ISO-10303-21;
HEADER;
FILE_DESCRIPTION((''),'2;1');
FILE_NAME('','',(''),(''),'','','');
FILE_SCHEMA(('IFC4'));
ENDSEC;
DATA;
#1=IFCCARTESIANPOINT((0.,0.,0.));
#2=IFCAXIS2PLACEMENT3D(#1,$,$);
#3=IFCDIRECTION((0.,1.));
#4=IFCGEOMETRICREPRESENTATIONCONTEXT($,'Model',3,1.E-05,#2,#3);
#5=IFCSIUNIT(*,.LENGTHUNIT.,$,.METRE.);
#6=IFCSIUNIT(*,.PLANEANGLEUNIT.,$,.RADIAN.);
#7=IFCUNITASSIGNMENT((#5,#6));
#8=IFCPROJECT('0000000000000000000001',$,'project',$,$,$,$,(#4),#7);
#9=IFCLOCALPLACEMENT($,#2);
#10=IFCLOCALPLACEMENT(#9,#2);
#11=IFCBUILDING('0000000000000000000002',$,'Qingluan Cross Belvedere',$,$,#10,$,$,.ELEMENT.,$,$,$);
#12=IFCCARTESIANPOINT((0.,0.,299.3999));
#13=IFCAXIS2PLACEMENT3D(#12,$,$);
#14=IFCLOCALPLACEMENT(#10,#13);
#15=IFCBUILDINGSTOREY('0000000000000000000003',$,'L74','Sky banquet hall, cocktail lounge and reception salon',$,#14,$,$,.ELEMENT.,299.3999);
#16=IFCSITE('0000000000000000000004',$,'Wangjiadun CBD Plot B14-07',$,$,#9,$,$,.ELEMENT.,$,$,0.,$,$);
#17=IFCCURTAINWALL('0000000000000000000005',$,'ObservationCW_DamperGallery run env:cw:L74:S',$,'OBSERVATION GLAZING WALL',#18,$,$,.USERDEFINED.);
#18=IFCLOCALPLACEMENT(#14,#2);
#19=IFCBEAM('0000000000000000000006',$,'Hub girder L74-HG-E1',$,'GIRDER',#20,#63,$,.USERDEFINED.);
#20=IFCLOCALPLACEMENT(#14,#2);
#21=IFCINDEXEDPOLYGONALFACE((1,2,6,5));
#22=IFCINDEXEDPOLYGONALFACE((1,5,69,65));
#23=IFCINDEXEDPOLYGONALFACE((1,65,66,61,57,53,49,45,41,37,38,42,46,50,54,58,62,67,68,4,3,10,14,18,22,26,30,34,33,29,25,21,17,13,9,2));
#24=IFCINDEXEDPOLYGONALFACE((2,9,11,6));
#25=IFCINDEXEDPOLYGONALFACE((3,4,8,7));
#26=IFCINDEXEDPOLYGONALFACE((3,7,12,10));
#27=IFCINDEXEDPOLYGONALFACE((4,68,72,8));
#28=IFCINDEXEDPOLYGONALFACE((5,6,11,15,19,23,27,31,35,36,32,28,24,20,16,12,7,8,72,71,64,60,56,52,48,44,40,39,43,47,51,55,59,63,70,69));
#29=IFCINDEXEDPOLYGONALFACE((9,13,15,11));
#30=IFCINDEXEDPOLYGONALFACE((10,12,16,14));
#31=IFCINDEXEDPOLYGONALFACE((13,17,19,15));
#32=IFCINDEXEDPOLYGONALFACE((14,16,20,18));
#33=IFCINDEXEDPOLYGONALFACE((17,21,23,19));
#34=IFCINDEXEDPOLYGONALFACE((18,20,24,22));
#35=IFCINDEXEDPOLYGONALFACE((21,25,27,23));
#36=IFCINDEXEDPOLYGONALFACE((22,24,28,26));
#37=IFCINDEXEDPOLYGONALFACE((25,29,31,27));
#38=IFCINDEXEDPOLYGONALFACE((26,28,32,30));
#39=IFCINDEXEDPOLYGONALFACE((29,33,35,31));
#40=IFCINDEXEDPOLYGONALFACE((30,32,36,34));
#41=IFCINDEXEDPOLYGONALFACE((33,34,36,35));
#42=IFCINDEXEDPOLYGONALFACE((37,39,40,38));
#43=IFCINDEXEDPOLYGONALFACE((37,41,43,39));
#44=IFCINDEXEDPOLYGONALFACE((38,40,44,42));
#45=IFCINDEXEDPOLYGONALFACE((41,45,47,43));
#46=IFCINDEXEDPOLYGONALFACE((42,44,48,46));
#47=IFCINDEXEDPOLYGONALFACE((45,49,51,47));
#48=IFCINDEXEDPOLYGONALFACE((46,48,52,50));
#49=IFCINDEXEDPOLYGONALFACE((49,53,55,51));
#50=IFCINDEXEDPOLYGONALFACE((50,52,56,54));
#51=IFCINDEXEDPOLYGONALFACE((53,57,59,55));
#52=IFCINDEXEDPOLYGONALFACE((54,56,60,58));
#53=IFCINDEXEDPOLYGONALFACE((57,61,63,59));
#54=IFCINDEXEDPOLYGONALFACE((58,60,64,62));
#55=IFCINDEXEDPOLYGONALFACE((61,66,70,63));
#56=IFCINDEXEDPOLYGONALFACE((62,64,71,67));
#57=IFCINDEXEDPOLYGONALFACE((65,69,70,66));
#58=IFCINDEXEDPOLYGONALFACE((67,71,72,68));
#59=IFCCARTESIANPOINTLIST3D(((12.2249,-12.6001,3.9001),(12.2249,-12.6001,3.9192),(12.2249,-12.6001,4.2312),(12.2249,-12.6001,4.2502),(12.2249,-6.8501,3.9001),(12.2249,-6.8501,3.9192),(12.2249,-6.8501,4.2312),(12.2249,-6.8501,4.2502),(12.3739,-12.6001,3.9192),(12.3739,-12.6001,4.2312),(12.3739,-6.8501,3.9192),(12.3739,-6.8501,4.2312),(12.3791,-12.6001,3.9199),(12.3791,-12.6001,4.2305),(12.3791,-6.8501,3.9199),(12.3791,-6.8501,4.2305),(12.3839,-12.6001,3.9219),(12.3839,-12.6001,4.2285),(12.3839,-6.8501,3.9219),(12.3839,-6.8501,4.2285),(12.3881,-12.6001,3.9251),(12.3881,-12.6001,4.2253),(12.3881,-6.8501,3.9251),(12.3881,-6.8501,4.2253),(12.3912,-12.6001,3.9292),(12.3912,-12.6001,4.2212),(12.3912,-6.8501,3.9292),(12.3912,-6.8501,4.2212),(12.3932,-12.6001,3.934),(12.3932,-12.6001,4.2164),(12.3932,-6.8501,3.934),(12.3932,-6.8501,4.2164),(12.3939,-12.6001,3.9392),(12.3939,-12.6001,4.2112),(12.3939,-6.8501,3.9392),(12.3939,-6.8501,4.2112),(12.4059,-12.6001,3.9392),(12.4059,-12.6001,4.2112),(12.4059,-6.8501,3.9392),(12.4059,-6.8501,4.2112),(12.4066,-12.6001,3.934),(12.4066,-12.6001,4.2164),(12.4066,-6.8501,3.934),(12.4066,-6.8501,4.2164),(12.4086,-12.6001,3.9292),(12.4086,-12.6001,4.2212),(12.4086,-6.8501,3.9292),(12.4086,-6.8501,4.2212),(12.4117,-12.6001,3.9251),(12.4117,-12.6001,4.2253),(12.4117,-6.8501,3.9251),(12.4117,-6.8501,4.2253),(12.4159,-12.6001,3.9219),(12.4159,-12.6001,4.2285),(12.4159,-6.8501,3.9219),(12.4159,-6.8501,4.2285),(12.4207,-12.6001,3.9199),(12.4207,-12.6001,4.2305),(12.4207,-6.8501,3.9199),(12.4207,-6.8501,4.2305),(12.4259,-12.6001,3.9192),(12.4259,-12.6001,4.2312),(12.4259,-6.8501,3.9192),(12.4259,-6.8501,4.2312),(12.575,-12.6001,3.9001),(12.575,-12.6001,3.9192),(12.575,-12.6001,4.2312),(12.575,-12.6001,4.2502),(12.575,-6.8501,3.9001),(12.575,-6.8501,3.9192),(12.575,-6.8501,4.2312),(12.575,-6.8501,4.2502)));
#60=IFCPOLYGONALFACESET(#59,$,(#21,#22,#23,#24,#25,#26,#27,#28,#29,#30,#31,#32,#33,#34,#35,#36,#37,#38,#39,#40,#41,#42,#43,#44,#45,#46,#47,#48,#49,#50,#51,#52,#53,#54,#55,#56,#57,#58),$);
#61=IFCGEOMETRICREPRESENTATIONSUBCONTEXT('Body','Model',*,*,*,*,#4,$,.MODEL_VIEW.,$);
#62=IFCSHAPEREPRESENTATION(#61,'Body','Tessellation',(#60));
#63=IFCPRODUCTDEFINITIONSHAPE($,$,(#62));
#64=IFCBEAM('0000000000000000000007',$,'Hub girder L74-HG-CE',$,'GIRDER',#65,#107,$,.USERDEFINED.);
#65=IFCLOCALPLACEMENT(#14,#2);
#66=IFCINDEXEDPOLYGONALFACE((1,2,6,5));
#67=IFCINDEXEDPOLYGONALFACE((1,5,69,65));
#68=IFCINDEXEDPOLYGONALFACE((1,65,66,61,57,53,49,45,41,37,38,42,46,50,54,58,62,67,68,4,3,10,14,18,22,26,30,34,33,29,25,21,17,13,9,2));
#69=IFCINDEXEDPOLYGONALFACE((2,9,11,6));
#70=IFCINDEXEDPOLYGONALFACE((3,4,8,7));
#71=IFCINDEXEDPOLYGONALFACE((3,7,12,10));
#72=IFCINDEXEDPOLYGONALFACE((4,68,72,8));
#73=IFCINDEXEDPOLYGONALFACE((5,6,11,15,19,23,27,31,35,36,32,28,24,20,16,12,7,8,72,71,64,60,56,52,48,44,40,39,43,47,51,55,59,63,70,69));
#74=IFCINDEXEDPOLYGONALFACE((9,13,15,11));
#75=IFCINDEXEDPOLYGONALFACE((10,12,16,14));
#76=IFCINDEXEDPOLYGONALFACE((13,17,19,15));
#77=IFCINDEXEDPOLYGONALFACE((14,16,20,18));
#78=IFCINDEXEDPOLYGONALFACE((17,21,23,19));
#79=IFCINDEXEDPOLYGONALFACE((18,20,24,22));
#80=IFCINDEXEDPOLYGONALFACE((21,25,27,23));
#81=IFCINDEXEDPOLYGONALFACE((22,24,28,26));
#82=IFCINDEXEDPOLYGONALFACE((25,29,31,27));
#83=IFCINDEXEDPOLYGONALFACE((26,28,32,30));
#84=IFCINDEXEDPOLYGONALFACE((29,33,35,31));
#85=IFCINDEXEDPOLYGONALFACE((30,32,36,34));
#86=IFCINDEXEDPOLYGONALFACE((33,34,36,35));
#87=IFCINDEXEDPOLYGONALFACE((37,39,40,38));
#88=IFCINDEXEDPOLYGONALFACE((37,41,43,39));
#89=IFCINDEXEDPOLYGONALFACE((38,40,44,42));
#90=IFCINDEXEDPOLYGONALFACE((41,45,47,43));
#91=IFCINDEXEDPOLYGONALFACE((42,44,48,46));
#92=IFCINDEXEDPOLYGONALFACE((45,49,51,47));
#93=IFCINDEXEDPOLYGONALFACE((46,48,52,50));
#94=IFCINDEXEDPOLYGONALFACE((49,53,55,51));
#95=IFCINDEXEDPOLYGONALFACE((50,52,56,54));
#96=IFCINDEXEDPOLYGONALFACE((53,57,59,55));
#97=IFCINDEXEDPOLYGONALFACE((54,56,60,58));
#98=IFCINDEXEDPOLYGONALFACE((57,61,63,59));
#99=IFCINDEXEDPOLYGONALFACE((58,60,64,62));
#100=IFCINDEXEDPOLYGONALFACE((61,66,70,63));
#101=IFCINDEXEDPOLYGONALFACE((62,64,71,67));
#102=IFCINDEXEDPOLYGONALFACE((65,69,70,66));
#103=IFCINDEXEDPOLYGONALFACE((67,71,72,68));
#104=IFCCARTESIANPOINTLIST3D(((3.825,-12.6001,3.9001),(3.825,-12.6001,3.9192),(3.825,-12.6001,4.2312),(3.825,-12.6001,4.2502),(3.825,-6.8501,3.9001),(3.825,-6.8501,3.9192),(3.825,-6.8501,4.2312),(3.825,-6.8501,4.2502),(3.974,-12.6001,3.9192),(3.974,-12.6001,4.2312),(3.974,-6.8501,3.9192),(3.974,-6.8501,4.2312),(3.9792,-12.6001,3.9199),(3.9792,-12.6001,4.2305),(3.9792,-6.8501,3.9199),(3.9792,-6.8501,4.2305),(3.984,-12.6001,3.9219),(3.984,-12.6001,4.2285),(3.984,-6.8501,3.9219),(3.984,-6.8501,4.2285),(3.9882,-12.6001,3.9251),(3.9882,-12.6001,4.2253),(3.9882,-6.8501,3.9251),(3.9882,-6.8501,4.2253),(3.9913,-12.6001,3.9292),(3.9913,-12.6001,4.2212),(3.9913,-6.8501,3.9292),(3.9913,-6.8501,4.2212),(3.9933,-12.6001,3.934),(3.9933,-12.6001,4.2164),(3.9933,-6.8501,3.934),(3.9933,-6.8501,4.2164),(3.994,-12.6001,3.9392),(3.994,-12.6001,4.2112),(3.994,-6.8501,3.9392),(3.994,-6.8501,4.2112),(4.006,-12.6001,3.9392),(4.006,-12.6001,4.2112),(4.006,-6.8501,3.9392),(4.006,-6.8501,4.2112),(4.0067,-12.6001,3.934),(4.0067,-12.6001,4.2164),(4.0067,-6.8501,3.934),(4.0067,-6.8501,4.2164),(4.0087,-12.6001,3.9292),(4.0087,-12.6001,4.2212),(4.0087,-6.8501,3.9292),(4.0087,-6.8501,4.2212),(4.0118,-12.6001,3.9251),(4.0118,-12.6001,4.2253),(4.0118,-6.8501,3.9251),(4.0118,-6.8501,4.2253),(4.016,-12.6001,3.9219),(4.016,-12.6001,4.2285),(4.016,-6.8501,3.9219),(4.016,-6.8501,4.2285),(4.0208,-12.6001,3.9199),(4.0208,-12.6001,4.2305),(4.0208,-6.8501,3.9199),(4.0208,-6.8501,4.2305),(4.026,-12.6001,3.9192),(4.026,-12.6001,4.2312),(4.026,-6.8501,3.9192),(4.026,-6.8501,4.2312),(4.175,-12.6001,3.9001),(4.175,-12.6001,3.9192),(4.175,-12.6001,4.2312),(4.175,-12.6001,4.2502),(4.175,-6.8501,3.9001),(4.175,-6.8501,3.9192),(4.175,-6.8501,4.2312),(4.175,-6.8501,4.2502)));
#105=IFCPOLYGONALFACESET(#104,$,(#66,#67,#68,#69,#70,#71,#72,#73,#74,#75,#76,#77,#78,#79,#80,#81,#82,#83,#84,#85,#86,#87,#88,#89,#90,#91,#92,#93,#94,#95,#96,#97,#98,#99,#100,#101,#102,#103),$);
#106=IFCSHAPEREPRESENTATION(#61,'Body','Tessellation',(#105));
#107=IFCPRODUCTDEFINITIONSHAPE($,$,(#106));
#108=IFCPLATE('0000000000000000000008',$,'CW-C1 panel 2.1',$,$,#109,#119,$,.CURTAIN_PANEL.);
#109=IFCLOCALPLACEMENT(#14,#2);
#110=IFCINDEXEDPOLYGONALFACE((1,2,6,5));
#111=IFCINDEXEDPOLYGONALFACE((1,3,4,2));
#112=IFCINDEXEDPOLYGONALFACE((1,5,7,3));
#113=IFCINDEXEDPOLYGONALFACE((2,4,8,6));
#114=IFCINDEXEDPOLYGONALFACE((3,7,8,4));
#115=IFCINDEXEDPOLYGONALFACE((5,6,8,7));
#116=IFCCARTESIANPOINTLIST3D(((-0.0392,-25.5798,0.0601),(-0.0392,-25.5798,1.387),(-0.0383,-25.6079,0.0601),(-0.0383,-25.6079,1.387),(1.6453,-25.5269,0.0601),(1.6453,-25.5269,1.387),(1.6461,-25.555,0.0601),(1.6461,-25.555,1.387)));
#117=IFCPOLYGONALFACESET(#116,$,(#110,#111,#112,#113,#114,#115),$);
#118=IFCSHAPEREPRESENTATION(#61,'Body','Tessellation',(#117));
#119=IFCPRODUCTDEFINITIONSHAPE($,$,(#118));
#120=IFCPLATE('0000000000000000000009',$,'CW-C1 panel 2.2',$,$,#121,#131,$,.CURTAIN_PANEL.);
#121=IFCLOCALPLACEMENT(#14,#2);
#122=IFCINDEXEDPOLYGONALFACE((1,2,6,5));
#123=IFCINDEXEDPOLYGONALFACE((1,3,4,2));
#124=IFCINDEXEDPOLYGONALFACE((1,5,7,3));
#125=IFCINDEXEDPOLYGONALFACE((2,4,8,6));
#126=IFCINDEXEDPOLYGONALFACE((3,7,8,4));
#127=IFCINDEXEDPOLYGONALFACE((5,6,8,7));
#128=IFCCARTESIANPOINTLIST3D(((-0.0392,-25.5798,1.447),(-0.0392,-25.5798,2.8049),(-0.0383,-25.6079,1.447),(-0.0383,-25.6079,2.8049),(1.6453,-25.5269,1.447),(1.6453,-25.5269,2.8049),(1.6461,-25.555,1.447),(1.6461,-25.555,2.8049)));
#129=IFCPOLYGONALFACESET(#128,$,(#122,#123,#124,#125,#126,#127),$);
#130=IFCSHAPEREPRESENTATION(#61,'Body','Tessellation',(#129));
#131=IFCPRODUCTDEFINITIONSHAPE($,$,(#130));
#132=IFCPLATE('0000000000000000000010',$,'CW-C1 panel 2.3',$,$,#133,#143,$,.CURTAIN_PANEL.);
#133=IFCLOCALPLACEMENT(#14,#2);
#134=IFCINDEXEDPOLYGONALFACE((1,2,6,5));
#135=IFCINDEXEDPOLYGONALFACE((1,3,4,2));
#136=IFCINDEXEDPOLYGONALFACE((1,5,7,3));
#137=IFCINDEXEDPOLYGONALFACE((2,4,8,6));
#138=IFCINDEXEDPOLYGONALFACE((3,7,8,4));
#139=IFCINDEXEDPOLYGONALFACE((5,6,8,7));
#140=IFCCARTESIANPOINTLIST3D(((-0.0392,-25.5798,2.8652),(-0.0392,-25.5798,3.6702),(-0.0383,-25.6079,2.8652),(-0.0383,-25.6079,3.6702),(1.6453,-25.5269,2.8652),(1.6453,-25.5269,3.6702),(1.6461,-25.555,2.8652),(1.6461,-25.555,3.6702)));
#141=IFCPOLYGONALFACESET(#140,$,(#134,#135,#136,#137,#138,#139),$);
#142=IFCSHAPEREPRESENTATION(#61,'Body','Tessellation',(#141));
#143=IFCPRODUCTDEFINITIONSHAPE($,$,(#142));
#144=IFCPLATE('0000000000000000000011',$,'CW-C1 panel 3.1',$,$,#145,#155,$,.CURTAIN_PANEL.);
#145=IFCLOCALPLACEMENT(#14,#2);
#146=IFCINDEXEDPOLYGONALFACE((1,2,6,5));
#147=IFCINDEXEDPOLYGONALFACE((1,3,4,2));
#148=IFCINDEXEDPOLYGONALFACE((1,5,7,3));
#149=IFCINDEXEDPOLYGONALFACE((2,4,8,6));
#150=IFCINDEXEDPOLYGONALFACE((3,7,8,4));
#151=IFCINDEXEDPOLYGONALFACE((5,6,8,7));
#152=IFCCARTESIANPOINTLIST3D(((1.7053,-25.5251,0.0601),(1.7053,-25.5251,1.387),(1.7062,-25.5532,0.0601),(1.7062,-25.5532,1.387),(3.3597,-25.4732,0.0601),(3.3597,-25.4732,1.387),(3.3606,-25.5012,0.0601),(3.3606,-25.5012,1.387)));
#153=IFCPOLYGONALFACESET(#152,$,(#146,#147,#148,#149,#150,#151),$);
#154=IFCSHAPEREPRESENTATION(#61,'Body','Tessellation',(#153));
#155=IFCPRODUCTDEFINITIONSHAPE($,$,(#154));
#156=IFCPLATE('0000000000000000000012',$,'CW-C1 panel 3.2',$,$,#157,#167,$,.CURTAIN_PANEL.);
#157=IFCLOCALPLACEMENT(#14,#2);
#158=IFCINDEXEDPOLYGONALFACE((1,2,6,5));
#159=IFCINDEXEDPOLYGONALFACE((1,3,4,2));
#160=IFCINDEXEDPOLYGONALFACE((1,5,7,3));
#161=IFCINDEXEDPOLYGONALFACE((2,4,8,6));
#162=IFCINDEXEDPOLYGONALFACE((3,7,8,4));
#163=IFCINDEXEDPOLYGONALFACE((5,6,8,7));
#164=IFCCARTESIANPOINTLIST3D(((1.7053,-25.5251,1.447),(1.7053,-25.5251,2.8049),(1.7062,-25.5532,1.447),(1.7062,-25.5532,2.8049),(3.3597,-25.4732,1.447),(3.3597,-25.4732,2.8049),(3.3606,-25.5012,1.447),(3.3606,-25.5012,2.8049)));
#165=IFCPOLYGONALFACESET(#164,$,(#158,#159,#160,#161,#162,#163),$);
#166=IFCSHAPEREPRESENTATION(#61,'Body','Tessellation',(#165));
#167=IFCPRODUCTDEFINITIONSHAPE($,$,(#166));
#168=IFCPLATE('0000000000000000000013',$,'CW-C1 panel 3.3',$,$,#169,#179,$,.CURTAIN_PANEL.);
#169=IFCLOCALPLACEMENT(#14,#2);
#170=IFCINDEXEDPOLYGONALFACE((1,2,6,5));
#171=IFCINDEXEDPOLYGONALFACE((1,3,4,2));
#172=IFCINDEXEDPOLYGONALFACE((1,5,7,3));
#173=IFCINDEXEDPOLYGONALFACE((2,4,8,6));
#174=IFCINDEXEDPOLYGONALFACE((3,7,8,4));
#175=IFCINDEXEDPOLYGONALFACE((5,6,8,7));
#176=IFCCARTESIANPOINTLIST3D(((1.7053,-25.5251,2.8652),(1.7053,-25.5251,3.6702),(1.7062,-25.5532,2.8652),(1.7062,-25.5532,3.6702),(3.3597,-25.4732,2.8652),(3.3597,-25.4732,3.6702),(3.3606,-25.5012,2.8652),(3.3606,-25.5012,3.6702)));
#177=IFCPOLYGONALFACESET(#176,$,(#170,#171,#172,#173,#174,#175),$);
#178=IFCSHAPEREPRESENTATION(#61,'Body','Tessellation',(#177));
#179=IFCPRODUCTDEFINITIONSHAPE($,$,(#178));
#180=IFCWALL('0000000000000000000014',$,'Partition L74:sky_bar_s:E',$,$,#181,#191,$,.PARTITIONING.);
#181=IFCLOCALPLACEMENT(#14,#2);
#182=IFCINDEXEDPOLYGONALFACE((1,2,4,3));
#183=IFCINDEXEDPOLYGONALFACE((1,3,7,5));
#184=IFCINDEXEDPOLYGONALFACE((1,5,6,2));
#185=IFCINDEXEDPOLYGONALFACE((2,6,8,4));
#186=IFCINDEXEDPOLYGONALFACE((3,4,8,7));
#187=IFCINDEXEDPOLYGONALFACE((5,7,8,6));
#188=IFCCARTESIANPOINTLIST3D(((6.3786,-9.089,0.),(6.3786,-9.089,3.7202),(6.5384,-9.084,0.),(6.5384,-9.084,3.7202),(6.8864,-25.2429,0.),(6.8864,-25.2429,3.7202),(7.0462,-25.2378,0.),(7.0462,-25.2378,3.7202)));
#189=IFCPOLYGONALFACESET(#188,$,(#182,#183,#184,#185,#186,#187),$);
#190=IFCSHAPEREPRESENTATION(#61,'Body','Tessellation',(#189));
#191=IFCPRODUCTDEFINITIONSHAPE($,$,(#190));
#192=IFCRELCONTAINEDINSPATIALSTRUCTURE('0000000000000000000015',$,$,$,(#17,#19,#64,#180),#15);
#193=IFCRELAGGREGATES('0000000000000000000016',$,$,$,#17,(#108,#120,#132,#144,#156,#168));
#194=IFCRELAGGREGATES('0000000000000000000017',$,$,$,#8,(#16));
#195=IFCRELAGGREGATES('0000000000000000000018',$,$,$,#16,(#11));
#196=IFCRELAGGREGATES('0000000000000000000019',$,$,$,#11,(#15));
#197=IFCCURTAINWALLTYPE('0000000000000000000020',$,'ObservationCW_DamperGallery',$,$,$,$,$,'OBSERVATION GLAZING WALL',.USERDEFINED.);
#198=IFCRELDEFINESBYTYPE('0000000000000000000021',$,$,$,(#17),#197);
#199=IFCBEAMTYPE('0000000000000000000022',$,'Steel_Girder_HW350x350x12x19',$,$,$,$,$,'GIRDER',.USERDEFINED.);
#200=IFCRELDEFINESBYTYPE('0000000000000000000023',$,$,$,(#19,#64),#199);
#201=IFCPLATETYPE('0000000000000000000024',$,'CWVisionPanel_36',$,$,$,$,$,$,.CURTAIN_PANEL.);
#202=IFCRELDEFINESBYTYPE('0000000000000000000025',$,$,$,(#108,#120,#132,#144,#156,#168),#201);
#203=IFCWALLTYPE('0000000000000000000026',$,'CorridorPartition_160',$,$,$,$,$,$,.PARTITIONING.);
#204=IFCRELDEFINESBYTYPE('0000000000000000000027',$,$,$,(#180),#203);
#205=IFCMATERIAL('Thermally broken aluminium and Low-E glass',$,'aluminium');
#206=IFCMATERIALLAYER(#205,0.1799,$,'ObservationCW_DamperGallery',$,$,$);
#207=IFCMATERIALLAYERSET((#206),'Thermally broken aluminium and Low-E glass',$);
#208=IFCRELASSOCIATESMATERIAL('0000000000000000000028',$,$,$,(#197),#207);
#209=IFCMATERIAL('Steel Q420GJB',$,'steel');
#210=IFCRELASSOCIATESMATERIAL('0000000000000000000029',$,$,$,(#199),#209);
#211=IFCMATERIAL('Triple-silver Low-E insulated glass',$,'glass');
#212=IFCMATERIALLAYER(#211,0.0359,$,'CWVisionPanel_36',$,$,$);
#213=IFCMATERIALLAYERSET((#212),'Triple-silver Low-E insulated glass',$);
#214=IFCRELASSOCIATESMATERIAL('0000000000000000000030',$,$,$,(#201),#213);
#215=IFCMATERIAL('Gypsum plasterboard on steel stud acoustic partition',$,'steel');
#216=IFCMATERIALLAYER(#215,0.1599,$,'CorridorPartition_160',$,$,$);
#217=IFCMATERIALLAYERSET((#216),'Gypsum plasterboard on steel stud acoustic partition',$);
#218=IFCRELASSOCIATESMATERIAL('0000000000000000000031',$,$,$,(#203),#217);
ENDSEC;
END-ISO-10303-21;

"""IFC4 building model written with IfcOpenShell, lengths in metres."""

from ifc_helpers import new_model, si_unit, direction, frame, frame_2d, origin, origin_2d, place, context, subcontext, project, spatial, rectangle, i_section, extrude, material, layer, layer_set, material_profile, profile_set, type_object, element, aggregate, save


model = new_model("IFC4")

# Units and contexts
model_context = context("Model", 3, precision=1e-05, world=origin(), true_north=direction((0.0, 1.0)))
body_context = subcontext(model_context, "Body", "Model", "MODEL_VIEW")
ifc_project = project(units=[si_unit("LENGTHUNIT", "METRE"), si_unit("PLANEANGLEUNIT", "RADIAN")], contexts=[model_context])

# Site, building, storey
site_placement = place(None, origin())
site = spatial("IfcSite", under=ifc_project, at=site_placement, Name="Wangjiadun CBD Plot B14-07", CompositionType="ELEMENT", RefElevation=0.0)
building_placement = place(site_placement, origin())
building = spatial("IfcBuilding", under=site, at=building_placement, Name="Qingluan Cross Belvedere", CompositionType="ELEMENT")
storey_placement = place(building_placement, frame((0.0, 0.0, 299.3999)))
storey = spatial("IfcBuildingStorey", under=building, at=storey_placement, Name="L74", Description="Sky banquet hall, cocktail lounge and reception salon", CompositionType="ELEMENT", Elevation=299.3999)

# Curtain wall
ifc_material_1 = material(Name="Thermally broken aluminium and Low-E glass", Category="aluminium")
ifc_layer_1 = layer(ifc_material_1, 0.1799, Name="ObservationCW_DamperGallery")
ifc_layer_set_1 = layer_set([ifc_layer_1], Name="Thermally broken aluminium and Low-E glass")
curtain_wall_type = type_object("IfcCurtainWallType", Name="ObservationCW_DamperGallery", ElementType="OBSERVATION GLAZING WALL", PredefinedType="USERDEFINED", material=ifc_layer_set_1)
curtain_wall_placement = place(storey_placement, origin())
curtain_wall = element("IfcCurtainWall", 1, at=curtain_wall_placement, inside=storey, type_object=curtain_wall_type, Name="ObservationCW_DamperGallery run env:cw:L74:S", ObjectType="OBSERVATION GLAZING WALL", PredefinedType="USERDEFINED")

# Beams
ifc_material_2 = material(Name="Steel Q420GJB", Category="steel")
ifc_material_profile_1 = material_profile(ifc_material_2, i_section(OverallWidth=0.3501, OverallDepth=0.3501, WebThickness=0.012, FlangeThickness=0.019, FilletRadius=0.02, at=origin_2d()), Name="HW350x350x12x19")
ifc_profile_set_1 = profile_set([ifc_material_profile_1], Name="Steel Q420GJB")
beam_type = type_object("IfcBeamType", Name="Steel_Girder_HW350x350x12x19", ElementType="GIRDER", PredefinedType="USERDEFINED", material=ifc_profile_set_1)
for number, where, z_axis, x_axis, name in (
    (2, (12.3999, -12.6001, 4.0752), (0.0, 1.0, 0.0), (-1.0, 0.0, 0.0), "Hub girder L74-HG-E1"),
    (3, (4.0, -12.6001, 4.0752), (0.0, 1.0, 0.0), (-1.0, 0.0, 0.0), "Hub girder L74-HG-CE"),
):
    element("IfcBeam", number, at=place(storey_placement, frame(where, z_axis=z_axis, x_axis=x_axis)), inside=storey, type_object=beam_type, Name=name, ObjectType="GIRDER", PredefinedType="USERDEFINED", context=body_context, shape_type="SweptSolid", body=[
        extrude(i_section(OverallWidth=0.3501, OverallDepth=0.3501, WebThickness=0.012, FlangeThickness=0.019, FilletRadius=0.02, at=origin_2d()), origin(), (0.0, 0.0, 1.0), 5.75),
    ])

# Plates
ifc_material_3 = material(Name="Triple-silver Low-E insulated glass", Category="glass")
ifc_layer_2 = layer(ifc_material_3, 0.0359, Name="CWVisionPanel_36")
ifc_layer_set_2 = layer_set([ifc_layer_2], Name="Triple-silver Low-E insulated glass")
plate_type = type_object("IfcPlateType", Name="CWVisionPanel_36", PredefinedType="CURTAIN_PANEL", material=ifc_layer_set_2)
plate_1_placement = place(storey_placement, frame((0.8035, -25.5674, 0.0601), z_axis=(0.0, 0.0, 1.0), x_axis=(0.999507, 0.031398, 0.0)))
plate_1 = element("IfcPlate", 4, at=plate_1_placement, type_object=plate_type, Name="CW-C1 panel 2.1", PredefinedType="CURTAIN_PANEL", context=body_context, shape_type="SweptSolid", body=[
    extrude(rectangle(XDim=1.6853, YDim=0.0281, at=origin_2d()), origin(), (0.0, 0.0, 1.0), 1.3269),
])
plate_2_placement = place(storey_placement, frame((0.8035, -25.5674, 1.447), z_axis=(0.0, 0.0, 1.0), x_axis=(0.999507, 0.031398, 0.0)))
plate_2 = element("IfcPlate", 5, at=plate_2_placement, type_object=plate_type, Name="CW-C1 panel 2.2", PredefinedType="CURTAIN_PANEL", context=body_context, shape_type="SweptSolid", body=[
    extrude(rectangle(XDim=1.6853, YDim=0.0281, at=origin_2d()), origin(), (0.0, 0.0, 1.0), 1.3579),
])
plate_3_placement = place(storey_placement, frame((0.8035, -25.5674, 2.8652), z_axis=(0.0, 0.0, 1.0), x_axis=(0.999507, 0.031398, 0.0)))
plate_3 = element("IfcPlate", 6, at=plate_3_placement, type_object=plate_type, Name="CW-C1 panel 2.3", PredefinedType="CURTAIN_PANEL", context=body_context, shape_type="SweptSolid", body=[
    extrude(rectangle(XDim=1.6853, YDim=0.0281, at=origin_2d()), origin(), (0.0, 0.0, 1.0), 0.8049),
])
plate_4_placement = place(storey_placement, frame((2.533, -25.5132, 0.0601), z_axis=(0.0, 0.0, 1.0), x_axis=(0.999507, 0.031398, 0.0)))
plate_4 = element("IfcPlate", 7, at=plate_4_placement, type_object=plate_type, Name="CW-C1 panel 3.1", PredefinedType="CURTAIN_PANEL", context=body_context, shape_type="SweptSolid", body=[
    extrude(rectangle(XDim=1.6553, YDim=0.0281, at=origin_2d()), origin(), (0.0, 0.0, 1.0), 1.3269),
])
plate_5_placement = place(storey_placement, frame((2.533, -25.5132, 1.447), z_axis=(0.0, 0.0, 1.0), x_axis=(0.999507, 0.031398, 0.0)))
plate_5 = element("IfcPlate", 8, at=plate_5_placement, type_object=plate_type, Name="CW-C1 panel 3.2", PredefinedType="CURTAIN_PANEL", context=body_context, shape_type="SweptSolid", body=[
    extrude(rectangle(XDim=1.6553, YDim=0.0281, at=origin_2d()), origin(), (0.0, 0.0, 1.0), 1.3579),
])
plate_6_placement = place(storey_placement, frame((2.533, -25.5132, 2.8652), z_axis=(0.0, 0.0, 1.0), x_axis=(0.999507, 0.031398, 0.0)))
plate_6 = element("IfcPlate", 9, at=plate_6_placement, type_object=plate_type, Name="CW-C1 panel 3.3", PredefinedType="CURTAIN_PANEL", context=body_context, shape_type="SweptSolid", body=[
    extrude(rectangle(XDim=1.6553, YDim=0.0281, at=origin_2d()), origin(), (0.0, 0.0, 1.0), 0.8049),
])
aggregate(curtain_wall, [plate_1, plate_2, plate_3, plate_4, plate_5, plate_6])

# Wall
ifc_material_4 = material(Name="Gypsum plasterboard on steel stud acoustic partition", Category="steel")
ifc_layer_3 = layer(ifc_material_4, 0.1599, Name="CorridorPartition_160")
ifc_layer_set_3 = layer_set([ifc_layer_3], Name="Gypsum plasterboard on steel stud acoustic partition")
wall_type_1 = type_object("IfcWallType", Name="CorridorPartition_160", PredefinedType="PARTITIONING", material=ifc_layer_set_3)
wall_1_placement = place(storey_placement, frame((6.9663, -25.2405, 0.0), z_axis=(0.0, 0.0, 1.0), x_axis=(-0.031421, 0.999506, 0.0)))
element("IfcWall", 10, at=wall_1_placement, inside=storey, type_object=wall_type_1, Name="Partition L74:sky_bar_s:E", PredefinedType="PARTITIONING", context=body_context, shape_type="SweptSolid", body=[
    extrude(rectangle(XDim=16.1619, YDim=0.1599, at=frame_2d((8.0811, 0.0))), origin(), (0.0, 0.0, 1.0), 3.7202),
])

save(model, "model.ifc")
